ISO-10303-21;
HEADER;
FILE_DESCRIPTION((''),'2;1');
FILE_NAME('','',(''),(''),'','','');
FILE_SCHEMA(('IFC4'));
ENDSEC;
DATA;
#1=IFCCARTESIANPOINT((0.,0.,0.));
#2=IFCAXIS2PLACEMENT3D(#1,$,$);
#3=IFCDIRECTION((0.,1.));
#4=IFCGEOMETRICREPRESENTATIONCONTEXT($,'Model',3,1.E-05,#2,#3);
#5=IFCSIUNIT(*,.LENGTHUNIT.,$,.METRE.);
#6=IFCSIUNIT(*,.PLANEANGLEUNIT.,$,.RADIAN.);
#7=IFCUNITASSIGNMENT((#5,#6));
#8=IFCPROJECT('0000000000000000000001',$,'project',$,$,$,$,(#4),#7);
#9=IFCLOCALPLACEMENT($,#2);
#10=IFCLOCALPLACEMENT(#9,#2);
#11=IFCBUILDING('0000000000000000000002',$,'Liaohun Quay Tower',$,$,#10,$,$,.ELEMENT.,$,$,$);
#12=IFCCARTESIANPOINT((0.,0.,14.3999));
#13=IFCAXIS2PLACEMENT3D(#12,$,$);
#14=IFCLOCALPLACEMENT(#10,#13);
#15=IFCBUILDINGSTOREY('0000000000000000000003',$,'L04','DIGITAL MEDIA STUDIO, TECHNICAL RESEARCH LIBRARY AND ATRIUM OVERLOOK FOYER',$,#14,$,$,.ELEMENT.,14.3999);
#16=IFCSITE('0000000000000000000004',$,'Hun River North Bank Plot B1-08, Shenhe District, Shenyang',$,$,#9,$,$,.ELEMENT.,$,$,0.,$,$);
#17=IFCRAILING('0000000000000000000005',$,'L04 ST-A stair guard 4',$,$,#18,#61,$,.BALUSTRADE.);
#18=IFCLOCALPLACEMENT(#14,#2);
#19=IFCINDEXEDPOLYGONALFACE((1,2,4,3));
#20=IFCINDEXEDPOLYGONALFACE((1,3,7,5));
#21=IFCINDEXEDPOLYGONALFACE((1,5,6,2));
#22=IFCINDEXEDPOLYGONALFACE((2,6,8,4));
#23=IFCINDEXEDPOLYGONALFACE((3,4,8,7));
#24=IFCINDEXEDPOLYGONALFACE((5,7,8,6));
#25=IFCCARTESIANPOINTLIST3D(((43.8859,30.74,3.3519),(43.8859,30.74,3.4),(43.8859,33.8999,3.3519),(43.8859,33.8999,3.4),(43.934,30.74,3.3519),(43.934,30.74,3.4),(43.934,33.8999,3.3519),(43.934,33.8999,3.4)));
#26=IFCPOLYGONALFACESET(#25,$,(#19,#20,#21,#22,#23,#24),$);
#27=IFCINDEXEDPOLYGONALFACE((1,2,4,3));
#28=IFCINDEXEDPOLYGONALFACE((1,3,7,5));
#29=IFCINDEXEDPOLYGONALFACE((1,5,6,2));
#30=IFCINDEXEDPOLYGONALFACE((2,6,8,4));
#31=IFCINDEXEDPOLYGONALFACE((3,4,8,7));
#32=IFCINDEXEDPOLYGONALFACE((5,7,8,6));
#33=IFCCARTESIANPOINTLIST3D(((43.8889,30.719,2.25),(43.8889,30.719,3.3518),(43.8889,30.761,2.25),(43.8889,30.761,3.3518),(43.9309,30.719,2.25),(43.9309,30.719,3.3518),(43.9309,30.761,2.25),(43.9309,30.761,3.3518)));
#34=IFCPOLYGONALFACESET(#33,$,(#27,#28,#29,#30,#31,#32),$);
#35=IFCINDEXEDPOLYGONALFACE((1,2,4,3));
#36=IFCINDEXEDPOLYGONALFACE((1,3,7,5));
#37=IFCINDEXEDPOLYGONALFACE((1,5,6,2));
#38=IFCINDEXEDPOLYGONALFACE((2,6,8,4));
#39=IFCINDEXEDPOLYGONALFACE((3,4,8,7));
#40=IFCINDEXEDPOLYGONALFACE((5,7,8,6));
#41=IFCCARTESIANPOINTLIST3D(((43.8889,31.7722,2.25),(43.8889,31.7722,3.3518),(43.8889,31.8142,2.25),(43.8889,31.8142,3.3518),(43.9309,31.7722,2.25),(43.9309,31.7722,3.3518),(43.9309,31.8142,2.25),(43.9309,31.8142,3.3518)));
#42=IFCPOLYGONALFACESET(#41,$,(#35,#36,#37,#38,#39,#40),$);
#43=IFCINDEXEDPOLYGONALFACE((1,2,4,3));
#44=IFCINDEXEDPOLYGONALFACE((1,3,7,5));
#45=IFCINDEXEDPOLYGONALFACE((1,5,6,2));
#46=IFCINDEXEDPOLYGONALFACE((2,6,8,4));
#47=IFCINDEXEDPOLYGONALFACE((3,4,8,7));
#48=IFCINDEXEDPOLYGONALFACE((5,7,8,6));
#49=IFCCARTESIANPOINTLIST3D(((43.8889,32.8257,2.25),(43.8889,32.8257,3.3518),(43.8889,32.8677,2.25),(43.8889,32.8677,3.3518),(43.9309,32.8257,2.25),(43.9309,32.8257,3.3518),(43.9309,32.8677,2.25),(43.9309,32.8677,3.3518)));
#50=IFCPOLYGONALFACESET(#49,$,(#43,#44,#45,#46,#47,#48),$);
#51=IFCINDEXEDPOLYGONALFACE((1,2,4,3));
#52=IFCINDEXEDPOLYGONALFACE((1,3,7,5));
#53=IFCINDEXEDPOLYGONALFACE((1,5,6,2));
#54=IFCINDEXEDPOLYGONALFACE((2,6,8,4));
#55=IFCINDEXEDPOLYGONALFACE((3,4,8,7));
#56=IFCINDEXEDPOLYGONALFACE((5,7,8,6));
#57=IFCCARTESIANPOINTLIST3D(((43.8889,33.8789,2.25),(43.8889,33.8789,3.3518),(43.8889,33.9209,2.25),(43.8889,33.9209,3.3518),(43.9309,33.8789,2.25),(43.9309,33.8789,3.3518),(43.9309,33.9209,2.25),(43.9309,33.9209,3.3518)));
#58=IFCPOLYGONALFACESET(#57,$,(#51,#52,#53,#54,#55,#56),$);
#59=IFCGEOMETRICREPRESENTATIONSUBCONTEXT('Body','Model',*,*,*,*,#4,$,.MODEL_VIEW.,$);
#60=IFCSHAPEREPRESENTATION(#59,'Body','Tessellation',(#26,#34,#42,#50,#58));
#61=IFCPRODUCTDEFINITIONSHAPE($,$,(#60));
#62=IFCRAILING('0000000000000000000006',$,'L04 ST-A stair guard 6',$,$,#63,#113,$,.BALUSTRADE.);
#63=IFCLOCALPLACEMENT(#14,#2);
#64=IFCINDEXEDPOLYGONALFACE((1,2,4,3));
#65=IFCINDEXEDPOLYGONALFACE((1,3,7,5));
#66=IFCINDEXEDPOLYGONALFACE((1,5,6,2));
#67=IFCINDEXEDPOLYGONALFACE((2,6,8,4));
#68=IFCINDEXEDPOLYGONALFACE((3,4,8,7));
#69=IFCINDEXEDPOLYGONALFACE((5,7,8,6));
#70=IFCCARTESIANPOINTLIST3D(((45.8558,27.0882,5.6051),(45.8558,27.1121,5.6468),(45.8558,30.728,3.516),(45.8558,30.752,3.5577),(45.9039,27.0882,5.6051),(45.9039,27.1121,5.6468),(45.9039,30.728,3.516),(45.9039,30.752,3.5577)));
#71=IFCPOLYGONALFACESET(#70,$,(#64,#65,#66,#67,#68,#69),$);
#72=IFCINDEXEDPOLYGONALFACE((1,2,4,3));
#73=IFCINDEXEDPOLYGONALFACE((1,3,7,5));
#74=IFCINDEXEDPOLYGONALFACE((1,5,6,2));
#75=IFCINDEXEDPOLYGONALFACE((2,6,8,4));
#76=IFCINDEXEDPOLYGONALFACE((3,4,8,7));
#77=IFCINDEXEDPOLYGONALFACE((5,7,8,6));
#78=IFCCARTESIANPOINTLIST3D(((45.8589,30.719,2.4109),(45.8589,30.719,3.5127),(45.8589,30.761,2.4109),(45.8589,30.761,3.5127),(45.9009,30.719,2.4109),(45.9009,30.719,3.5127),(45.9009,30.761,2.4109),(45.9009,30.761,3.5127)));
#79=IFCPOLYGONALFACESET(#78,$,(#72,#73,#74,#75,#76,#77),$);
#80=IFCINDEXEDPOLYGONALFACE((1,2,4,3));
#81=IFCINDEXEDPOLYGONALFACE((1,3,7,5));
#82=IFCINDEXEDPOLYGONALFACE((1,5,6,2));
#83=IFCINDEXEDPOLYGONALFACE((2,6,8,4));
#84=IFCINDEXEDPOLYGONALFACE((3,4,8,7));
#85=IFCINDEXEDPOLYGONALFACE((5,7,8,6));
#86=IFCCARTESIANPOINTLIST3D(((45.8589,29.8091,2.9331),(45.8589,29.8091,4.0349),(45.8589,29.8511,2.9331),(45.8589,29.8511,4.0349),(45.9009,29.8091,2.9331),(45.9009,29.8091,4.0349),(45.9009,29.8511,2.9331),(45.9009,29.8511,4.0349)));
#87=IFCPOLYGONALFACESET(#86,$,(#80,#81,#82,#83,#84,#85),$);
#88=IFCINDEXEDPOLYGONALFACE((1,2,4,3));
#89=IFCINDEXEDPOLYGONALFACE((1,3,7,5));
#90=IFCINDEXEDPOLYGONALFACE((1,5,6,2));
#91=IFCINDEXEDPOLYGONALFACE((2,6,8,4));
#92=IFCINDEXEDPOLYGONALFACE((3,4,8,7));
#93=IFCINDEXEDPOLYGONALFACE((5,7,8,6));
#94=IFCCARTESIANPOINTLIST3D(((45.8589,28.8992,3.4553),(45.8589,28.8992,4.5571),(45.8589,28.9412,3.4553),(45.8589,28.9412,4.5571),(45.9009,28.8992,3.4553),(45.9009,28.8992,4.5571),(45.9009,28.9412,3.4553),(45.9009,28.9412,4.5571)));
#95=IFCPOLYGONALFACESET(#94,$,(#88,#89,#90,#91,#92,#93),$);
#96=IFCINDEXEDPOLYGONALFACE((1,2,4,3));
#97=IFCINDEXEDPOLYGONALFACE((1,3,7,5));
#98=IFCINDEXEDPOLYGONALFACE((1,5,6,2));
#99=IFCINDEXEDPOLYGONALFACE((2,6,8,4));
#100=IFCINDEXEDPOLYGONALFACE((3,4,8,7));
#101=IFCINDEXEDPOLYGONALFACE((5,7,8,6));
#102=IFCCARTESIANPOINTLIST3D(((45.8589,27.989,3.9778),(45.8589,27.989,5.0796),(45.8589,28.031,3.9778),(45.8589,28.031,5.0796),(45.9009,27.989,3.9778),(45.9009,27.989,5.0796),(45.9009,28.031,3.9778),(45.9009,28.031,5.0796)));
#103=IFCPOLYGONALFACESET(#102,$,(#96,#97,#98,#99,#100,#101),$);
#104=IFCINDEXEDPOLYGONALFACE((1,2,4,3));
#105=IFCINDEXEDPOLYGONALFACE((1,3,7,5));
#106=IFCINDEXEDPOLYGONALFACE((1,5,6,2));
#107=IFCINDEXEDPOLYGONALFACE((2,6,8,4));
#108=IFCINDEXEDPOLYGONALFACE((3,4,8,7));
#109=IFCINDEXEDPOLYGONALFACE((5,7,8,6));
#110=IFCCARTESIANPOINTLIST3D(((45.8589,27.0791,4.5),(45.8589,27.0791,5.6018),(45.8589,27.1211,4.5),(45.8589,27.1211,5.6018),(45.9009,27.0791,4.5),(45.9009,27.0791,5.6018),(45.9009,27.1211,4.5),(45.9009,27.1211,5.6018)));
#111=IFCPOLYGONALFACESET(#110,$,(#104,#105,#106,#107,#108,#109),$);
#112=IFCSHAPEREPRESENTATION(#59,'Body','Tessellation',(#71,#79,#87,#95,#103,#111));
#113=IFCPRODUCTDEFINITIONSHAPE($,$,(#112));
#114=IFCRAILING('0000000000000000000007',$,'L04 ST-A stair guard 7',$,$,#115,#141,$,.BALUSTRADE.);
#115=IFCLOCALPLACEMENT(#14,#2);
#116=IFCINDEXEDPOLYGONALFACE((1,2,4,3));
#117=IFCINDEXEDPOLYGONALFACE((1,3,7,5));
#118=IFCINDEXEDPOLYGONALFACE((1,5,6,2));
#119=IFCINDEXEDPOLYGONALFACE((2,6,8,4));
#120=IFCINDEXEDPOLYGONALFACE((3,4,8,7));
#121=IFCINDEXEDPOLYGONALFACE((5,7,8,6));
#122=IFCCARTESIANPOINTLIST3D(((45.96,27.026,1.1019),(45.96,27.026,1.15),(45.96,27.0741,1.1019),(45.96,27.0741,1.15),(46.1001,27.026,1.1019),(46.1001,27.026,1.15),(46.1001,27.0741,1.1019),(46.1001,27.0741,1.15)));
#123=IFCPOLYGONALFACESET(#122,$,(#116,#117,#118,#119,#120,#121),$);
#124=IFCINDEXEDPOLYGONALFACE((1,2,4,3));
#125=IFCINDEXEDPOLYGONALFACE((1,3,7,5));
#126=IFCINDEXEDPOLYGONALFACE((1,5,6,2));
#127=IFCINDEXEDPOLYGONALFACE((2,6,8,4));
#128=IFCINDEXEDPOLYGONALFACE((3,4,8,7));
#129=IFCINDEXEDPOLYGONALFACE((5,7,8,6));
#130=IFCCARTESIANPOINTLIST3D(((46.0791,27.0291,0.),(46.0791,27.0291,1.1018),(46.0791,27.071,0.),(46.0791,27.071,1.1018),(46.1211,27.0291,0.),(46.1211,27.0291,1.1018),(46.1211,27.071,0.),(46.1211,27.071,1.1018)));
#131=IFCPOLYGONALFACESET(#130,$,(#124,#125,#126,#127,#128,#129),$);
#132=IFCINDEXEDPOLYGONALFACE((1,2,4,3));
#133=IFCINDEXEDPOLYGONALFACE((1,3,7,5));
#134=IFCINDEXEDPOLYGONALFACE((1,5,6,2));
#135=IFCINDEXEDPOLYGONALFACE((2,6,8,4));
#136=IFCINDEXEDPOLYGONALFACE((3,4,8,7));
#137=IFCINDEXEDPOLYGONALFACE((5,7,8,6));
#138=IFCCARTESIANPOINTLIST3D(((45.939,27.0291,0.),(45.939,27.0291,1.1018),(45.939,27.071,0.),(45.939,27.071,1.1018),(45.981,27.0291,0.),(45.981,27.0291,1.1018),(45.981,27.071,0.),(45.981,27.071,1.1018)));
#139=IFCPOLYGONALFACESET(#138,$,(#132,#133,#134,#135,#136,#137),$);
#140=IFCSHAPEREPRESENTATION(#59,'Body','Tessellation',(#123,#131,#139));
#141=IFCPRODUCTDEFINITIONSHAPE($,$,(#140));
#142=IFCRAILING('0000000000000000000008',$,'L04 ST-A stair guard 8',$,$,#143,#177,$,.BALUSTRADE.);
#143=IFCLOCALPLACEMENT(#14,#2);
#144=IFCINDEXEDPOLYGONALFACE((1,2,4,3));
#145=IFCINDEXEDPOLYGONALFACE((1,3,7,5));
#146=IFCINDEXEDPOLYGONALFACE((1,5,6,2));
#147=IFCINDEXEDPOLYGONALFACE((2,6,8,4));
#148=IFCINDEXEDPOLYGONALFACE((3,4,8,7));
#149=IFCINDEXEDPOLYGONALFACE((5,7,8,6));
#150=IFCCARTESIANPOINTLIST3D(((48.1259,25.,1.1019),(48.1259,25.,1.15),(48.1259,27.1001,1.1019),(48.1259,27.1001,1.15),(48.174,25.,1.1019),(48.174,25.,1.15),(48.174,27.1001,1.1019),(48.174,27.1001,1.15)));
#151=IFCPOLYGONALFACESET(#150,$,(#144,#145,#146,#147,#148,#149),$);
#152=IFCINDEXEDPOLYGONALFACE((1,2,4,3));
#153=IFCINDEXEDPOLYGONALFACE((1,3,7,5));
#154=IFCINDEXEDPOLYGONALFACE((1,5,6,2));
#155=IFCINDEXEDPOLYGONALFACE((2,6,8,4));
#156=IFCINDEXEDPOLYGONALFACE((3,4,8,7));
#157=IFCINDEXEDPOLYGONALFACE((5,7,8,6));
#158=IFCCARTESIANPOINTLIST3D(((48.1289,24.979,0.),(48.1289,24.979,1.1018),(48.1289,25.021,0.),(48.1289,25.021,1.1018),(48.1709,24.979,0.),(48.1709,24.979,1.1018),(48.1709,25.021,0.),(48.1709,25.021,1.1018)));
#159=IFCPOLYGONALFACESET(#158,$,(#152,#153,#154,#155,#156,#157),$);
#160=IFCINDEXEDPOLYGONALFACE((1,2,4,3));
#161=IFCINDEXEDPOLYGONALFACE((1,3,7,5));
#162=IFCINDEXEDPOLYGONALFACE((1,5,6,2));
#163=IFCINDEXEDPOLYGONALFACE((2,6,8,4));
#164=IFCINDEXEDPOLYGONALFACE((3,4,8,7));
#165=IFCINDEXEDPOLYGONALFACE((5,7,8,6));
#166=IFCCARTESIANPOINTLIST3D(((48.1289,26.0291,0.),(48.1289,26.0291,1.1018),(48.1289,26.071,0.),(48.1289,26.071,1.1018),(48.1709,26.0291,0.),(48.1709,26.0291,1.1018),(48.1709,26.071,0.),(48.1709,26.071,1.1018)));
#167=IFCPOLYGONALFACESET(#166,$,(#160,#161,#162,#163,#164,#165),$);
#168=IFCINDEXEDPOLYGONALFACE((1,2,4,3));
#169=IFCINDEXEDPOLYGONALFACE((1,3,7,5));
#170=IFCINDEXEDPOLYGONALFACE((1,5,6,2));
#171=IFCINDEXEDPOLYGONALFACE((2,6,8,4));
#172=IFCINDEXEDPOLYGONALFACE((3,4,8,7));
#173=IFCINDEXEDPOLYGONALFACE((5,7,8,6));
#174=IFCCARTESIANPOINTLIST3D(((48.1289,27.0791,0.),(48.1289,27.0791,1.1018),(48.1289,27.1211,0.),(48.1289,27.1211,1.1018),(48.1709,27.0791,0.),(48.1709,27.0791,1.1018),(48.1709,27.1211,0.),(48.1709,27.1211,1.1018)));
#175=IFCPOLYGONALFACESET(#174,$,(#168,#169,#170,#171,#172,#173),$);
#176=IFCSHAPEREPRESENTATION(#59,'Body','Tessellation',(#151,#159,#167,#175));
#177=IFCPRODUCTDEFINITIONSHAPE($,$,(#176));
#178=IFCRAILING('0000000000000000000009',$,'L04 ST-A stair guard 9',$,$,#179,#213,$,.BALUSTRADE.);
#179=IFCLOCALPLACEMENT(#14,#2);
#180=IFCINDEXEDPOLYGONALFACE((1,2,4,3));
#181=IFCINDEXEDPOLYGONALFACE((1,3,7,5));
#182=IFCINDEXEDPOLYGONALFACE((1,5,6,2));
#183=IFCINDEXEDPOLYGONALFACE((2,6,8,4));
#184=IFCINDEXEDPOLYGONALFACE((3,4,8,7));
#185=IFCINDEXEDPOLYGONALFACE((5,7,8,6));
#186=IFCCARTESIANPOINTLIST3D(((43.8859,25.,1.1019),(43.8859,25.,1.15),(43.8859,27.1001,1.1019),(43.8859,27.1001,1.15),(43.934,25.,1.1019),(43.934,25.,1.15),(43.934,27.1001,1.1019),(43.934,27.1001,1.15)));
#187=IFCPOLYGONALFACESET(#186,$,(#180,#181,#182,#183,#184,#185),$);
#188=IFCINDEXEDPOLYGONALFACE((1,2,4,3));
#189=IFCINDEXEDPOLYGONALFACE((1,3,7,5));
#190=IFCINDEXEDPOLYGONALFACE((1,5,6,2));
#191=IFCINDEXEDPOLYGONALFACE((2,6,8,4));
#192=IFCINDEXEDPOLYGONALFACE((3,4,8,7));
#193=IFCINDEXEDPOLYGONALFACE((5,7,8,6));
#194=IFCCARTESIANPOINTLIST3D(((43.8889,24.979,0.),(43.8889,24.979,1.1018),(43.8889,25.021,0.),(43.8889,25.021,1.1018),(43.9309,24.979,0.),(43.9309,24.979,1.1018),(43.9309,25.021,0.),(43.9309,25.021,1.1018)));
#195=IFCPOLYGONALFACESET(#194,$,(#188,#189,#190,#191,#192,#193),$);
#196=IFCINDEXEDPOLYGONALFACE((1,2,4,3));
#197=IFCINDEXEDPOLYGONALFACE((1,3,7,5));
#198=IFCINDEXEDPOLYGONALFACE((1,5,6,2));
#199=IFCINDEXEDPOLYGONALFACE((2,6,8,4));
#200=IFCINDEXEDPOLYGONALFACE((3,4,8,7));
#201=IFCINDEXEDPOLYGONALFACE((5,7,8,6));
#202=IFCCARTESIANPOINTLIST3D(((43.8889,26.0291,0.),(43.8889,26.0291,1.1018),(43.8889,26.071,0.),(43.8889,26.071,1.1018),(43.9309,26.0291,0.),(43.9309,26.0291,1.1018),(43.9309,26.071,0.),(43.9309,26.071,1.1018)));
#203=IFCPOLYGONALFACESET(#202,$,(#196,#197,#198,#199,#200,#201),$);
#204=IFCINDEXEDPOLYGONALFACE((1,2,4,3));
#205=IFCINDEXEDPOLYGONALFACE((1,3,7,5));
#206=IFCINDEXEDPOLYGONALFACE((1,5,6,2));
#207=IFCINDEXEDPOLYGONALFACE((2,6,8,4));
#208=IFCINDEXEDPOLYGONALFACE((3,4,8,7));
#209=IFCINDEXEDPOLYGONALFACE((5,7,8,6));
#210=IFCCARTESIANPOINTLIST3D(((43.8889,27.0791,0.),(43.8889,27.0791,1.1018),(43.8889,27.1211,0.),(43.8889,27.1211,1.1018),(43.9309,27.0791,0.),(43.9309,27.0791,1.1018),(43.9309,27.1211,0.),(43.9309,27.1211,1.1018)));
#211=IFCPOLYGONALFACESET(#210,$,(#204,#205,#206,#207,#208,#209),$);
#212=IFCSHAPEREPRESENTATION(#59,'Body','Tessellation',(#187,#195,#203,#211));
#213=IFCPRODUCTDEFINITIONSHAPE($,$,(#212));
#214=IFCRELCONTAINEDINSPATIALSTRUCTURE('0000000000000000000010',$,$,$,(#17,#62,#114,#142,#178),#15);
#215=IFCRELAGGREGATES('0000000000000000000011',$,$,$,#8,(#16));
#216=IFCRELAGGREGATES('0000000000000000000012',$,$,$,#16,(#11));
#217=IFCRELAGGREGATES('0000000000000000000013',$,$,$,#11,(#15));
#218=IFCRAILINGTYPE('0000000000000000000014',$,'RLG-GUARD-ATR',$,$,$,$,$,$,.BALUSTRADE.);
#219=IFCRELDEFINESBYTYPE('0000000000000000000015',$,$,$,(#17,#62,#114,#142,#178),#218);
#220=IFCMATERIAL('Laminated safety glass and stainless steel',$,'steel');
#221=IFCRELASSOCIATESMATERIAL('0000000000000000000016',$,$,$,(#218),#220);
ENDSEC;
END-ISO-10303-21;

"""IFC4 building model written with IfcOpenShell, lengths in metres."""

from ifc_helpers import new_model, si_unit, direction, frame, origin, origin_2d, place, context, subcontext, project, spatial, rectangle, extrude, material, type_object, element, save


model = new_model("IFC4")

# Units and contexts
model_context = context("Model", 3, precision=1e-05, world=origin(), true_north=direction((0.0, 1.0)))
body_context = subcontext(model_context, "Body", "Model", "MODEL_VIEW")
ifc_project = project(units=[si_unit("LENGTHUNIT", "METRE"), si_unit("PLANEANGLEUNIT", "RADIAN")], contexts=[model_context])

# Site, building, storey
site_placement = place(None, origin())
site = spatial("IfcSite", under=ifc_project, at=site_placement, Name="Hun River North Bank Plot B1-08, Shenhe District, Shenyang", CompositionType="ELEMENT", RefElevation=0.0)
building_placement = place(site_placement, origin())
building = spatial("IfcBuilding", under=site, at=building_placement, Name="Liaohun Quay Tower", CompositionType="ELEMENT")
storey_placement = place(building_placement, frame((0.0, 0.0, 14.3999)))
storey = spatial("IfcBuildingStorey", under=building, at=storey_placement, Name="L04", Description="DIGITAL MEDIA STUDIO, TECHNICAL RESEARCH LIBRARY AND ATRIUM OVERLOOK FOYER", CompositionType="ELEMENT", Elevation=14.3999)

# Railings
ifc_material_1 = material(Name="Laminated safety glass and stainless steel", Category="steel")
railing_type_1 = type_object("IfcRailingType", Name="RLG-GUARD-ATR", PredefinedType="BALUSTRADE", material=ifc_material_1)
railing_1_placement = place(storey_placement, frame((43.9099, 30.74, 2.25)))
element("IfcRailing", 1, at=railing_1_placement, inside=storey, type_object=railing_type_1, Name="L04 ST-A stair guard 4", PredefinedType="BALUSTRADE", context=body_context, shape_type="SweptSolid", body=[
    extrude(rectangle(XDim=0.0481, YDim=0.0481, at=origin_2d()), frame((0.0, 0.0, 1.126), z_axis=(0.0, 1.0, 0.0), x_axis=(-1.0, 0.0, 0.0)), (0.0, 0.0, 1.0), 3.1599),
    extrude(rectangle(XDim=0.042, YDim=0.042, at=origin_2d()), origin(), (0.0, 0.0, 1.0), 1.1018),
    extrude(rectangle(XDim=0.042, YDim=0.042, at=origin_2d()), frame((0.0, 1.0532, 0.0)), (0.0, 0.0, 1.0), 1.1018),
    extrude(rectangle(XDim=0.042, YDim=0.042, at=origin_2d()), frame((0.0, 2.1067, 0.0)), (0.0, 0.0, 1.0), 1.1018),
    extrude(rectangle(XDim=0.042, YDim=0.042, at=origin_2d()), frame((0.0, 3.1599, 0.0)), (0.0, 0.0, 1.0), 1.1018),
])
railing_2_placement = place(storey_placement, frame((45.8799, 30.74, 2.4109)))
element("IfcRailing", 2, at=railing_2_placement, inside=storey, type_object=railing_type_1, Name="L04 ST-A stair guard 6", PredefinedType="BALUSTRADE", context=body_context, shape_type="SweptSolid", body=[
    extrude(rectangle(XDim=0.0481, YDim=0.0481, at=origin_2d()), frame((0.0, 0.0, 1.126), z_axis=(0.0, -0.8673, 0.497786), x_axis=(1.0, 0.0, 0.0)), (0.0, 0.0, 1.0), 4.1968),
    extrude(rectangle(XDim=0.042, YDim=0.042, at=origin_2d()), origin(), (0.0, 0.0, 1.0), 1.1018),
    extrude(rectangle(XDim=0.042, YDim=0.042, at=origin_2d()), frame((0.0, -0.9099, 0.5222)), (0.0, 0.0, 1.0), 1.1018),
    extrude(rectangle(XDim=0.042, YDim=0.042, at=origin_2d()), frame((0.0, -1.8198, 1.0444)), (0.0, 0.0, 1.0), 1.1018),
    extrude(rectangle(XDim=0.042, YDim=0.042, at=origin_2d()), frame((0.0, -2.73, 1.5669)), (0.0, 0.0, 1.0), 1.1018),
    extrude(rectangle(XDim=0.042, YDim=0.042, at=origin_2d()), frame((0.0, -3.6399, 2.0891)), (0.0, 0.0, 1.0), 1.1018),
])
railing_3_placement = place(storey_placement, frame((46.1001, 27.05, 0.0)))
element("IfcRailing", 3, at=railing_3_placement, inside=storey, type_object=railing_type_1, Name="L04 ST-A stair guard 7", PredefinedType="BALUSTRADE", context=body_context, shape_type="SweptSolid", body=[
    extrude(rectangle(XDim=0.0481, YDim=0.0481, at=origin_2d()), frame((0.0, 0.0, 1.126), z_axis=(-1.0, 0.0, 0.0), x_axis=(0.0, -1.0, 0.0)), (0.0, 0.0, 1.0), 0.1401),
    extrude(rectangle(XDim=0.042, YDim=0.042, at=origin_2d()), origin(), (0.0, 0.0, 1.0), 1.1018),
    extrude(rectangle(XDim=0.042, YDim=0.042, at=origin_2d()), frame((-0.1401, 0.0, 0.0)), (0.0, 0.0, 1.0), 1.1018),
])
for number, where, name in (
    (4, (48.1499, 25.0, 0.0), "L04 ST-A stair guard 8"),
    (5, (43.9099, 25.0, 0.0), "L04 ST-A stair guard 9"),
):
    element("IfcRailing", number, at=place(storey_placement, frame(where)), inside=storey, type_object=railing_type_1, Name=name, PredefinedType="BALUSTRADE", context=body_context, shape_type="SweptSolid", body=[
        extrude(rectangle(XDim=0.0481, YDim=0.0481, at=origin_2d()), frame((0.0, 0.0, 1.126), z_axis=(0.0, 1.0, 0.0), x_axis=(-1.0, 0.0, 0.0)), (0.0, 0.0, 1.0), 2.1001),
        extrude(rectangle(XDim=0.042, YDim=0.042, at=origin_2d()), origin(), (0.0, 0.0, 1.0), 1.1018),
        extrude(rectangle(XDim=0.042, YDim=0.042, at=origin_2d()), frame((0.0, 1.05, 0.0)), (0.0, 0.0, 1.0), 1.1018),
        extrude(rectangle(XDim=0.042, YDim=0.042, at=origin_2d()), frame((0.0, 2.1001, 0.0)), (0.0, 0.0, 1.0), 1.1018),
    ])

save(model, "model.ifc")
